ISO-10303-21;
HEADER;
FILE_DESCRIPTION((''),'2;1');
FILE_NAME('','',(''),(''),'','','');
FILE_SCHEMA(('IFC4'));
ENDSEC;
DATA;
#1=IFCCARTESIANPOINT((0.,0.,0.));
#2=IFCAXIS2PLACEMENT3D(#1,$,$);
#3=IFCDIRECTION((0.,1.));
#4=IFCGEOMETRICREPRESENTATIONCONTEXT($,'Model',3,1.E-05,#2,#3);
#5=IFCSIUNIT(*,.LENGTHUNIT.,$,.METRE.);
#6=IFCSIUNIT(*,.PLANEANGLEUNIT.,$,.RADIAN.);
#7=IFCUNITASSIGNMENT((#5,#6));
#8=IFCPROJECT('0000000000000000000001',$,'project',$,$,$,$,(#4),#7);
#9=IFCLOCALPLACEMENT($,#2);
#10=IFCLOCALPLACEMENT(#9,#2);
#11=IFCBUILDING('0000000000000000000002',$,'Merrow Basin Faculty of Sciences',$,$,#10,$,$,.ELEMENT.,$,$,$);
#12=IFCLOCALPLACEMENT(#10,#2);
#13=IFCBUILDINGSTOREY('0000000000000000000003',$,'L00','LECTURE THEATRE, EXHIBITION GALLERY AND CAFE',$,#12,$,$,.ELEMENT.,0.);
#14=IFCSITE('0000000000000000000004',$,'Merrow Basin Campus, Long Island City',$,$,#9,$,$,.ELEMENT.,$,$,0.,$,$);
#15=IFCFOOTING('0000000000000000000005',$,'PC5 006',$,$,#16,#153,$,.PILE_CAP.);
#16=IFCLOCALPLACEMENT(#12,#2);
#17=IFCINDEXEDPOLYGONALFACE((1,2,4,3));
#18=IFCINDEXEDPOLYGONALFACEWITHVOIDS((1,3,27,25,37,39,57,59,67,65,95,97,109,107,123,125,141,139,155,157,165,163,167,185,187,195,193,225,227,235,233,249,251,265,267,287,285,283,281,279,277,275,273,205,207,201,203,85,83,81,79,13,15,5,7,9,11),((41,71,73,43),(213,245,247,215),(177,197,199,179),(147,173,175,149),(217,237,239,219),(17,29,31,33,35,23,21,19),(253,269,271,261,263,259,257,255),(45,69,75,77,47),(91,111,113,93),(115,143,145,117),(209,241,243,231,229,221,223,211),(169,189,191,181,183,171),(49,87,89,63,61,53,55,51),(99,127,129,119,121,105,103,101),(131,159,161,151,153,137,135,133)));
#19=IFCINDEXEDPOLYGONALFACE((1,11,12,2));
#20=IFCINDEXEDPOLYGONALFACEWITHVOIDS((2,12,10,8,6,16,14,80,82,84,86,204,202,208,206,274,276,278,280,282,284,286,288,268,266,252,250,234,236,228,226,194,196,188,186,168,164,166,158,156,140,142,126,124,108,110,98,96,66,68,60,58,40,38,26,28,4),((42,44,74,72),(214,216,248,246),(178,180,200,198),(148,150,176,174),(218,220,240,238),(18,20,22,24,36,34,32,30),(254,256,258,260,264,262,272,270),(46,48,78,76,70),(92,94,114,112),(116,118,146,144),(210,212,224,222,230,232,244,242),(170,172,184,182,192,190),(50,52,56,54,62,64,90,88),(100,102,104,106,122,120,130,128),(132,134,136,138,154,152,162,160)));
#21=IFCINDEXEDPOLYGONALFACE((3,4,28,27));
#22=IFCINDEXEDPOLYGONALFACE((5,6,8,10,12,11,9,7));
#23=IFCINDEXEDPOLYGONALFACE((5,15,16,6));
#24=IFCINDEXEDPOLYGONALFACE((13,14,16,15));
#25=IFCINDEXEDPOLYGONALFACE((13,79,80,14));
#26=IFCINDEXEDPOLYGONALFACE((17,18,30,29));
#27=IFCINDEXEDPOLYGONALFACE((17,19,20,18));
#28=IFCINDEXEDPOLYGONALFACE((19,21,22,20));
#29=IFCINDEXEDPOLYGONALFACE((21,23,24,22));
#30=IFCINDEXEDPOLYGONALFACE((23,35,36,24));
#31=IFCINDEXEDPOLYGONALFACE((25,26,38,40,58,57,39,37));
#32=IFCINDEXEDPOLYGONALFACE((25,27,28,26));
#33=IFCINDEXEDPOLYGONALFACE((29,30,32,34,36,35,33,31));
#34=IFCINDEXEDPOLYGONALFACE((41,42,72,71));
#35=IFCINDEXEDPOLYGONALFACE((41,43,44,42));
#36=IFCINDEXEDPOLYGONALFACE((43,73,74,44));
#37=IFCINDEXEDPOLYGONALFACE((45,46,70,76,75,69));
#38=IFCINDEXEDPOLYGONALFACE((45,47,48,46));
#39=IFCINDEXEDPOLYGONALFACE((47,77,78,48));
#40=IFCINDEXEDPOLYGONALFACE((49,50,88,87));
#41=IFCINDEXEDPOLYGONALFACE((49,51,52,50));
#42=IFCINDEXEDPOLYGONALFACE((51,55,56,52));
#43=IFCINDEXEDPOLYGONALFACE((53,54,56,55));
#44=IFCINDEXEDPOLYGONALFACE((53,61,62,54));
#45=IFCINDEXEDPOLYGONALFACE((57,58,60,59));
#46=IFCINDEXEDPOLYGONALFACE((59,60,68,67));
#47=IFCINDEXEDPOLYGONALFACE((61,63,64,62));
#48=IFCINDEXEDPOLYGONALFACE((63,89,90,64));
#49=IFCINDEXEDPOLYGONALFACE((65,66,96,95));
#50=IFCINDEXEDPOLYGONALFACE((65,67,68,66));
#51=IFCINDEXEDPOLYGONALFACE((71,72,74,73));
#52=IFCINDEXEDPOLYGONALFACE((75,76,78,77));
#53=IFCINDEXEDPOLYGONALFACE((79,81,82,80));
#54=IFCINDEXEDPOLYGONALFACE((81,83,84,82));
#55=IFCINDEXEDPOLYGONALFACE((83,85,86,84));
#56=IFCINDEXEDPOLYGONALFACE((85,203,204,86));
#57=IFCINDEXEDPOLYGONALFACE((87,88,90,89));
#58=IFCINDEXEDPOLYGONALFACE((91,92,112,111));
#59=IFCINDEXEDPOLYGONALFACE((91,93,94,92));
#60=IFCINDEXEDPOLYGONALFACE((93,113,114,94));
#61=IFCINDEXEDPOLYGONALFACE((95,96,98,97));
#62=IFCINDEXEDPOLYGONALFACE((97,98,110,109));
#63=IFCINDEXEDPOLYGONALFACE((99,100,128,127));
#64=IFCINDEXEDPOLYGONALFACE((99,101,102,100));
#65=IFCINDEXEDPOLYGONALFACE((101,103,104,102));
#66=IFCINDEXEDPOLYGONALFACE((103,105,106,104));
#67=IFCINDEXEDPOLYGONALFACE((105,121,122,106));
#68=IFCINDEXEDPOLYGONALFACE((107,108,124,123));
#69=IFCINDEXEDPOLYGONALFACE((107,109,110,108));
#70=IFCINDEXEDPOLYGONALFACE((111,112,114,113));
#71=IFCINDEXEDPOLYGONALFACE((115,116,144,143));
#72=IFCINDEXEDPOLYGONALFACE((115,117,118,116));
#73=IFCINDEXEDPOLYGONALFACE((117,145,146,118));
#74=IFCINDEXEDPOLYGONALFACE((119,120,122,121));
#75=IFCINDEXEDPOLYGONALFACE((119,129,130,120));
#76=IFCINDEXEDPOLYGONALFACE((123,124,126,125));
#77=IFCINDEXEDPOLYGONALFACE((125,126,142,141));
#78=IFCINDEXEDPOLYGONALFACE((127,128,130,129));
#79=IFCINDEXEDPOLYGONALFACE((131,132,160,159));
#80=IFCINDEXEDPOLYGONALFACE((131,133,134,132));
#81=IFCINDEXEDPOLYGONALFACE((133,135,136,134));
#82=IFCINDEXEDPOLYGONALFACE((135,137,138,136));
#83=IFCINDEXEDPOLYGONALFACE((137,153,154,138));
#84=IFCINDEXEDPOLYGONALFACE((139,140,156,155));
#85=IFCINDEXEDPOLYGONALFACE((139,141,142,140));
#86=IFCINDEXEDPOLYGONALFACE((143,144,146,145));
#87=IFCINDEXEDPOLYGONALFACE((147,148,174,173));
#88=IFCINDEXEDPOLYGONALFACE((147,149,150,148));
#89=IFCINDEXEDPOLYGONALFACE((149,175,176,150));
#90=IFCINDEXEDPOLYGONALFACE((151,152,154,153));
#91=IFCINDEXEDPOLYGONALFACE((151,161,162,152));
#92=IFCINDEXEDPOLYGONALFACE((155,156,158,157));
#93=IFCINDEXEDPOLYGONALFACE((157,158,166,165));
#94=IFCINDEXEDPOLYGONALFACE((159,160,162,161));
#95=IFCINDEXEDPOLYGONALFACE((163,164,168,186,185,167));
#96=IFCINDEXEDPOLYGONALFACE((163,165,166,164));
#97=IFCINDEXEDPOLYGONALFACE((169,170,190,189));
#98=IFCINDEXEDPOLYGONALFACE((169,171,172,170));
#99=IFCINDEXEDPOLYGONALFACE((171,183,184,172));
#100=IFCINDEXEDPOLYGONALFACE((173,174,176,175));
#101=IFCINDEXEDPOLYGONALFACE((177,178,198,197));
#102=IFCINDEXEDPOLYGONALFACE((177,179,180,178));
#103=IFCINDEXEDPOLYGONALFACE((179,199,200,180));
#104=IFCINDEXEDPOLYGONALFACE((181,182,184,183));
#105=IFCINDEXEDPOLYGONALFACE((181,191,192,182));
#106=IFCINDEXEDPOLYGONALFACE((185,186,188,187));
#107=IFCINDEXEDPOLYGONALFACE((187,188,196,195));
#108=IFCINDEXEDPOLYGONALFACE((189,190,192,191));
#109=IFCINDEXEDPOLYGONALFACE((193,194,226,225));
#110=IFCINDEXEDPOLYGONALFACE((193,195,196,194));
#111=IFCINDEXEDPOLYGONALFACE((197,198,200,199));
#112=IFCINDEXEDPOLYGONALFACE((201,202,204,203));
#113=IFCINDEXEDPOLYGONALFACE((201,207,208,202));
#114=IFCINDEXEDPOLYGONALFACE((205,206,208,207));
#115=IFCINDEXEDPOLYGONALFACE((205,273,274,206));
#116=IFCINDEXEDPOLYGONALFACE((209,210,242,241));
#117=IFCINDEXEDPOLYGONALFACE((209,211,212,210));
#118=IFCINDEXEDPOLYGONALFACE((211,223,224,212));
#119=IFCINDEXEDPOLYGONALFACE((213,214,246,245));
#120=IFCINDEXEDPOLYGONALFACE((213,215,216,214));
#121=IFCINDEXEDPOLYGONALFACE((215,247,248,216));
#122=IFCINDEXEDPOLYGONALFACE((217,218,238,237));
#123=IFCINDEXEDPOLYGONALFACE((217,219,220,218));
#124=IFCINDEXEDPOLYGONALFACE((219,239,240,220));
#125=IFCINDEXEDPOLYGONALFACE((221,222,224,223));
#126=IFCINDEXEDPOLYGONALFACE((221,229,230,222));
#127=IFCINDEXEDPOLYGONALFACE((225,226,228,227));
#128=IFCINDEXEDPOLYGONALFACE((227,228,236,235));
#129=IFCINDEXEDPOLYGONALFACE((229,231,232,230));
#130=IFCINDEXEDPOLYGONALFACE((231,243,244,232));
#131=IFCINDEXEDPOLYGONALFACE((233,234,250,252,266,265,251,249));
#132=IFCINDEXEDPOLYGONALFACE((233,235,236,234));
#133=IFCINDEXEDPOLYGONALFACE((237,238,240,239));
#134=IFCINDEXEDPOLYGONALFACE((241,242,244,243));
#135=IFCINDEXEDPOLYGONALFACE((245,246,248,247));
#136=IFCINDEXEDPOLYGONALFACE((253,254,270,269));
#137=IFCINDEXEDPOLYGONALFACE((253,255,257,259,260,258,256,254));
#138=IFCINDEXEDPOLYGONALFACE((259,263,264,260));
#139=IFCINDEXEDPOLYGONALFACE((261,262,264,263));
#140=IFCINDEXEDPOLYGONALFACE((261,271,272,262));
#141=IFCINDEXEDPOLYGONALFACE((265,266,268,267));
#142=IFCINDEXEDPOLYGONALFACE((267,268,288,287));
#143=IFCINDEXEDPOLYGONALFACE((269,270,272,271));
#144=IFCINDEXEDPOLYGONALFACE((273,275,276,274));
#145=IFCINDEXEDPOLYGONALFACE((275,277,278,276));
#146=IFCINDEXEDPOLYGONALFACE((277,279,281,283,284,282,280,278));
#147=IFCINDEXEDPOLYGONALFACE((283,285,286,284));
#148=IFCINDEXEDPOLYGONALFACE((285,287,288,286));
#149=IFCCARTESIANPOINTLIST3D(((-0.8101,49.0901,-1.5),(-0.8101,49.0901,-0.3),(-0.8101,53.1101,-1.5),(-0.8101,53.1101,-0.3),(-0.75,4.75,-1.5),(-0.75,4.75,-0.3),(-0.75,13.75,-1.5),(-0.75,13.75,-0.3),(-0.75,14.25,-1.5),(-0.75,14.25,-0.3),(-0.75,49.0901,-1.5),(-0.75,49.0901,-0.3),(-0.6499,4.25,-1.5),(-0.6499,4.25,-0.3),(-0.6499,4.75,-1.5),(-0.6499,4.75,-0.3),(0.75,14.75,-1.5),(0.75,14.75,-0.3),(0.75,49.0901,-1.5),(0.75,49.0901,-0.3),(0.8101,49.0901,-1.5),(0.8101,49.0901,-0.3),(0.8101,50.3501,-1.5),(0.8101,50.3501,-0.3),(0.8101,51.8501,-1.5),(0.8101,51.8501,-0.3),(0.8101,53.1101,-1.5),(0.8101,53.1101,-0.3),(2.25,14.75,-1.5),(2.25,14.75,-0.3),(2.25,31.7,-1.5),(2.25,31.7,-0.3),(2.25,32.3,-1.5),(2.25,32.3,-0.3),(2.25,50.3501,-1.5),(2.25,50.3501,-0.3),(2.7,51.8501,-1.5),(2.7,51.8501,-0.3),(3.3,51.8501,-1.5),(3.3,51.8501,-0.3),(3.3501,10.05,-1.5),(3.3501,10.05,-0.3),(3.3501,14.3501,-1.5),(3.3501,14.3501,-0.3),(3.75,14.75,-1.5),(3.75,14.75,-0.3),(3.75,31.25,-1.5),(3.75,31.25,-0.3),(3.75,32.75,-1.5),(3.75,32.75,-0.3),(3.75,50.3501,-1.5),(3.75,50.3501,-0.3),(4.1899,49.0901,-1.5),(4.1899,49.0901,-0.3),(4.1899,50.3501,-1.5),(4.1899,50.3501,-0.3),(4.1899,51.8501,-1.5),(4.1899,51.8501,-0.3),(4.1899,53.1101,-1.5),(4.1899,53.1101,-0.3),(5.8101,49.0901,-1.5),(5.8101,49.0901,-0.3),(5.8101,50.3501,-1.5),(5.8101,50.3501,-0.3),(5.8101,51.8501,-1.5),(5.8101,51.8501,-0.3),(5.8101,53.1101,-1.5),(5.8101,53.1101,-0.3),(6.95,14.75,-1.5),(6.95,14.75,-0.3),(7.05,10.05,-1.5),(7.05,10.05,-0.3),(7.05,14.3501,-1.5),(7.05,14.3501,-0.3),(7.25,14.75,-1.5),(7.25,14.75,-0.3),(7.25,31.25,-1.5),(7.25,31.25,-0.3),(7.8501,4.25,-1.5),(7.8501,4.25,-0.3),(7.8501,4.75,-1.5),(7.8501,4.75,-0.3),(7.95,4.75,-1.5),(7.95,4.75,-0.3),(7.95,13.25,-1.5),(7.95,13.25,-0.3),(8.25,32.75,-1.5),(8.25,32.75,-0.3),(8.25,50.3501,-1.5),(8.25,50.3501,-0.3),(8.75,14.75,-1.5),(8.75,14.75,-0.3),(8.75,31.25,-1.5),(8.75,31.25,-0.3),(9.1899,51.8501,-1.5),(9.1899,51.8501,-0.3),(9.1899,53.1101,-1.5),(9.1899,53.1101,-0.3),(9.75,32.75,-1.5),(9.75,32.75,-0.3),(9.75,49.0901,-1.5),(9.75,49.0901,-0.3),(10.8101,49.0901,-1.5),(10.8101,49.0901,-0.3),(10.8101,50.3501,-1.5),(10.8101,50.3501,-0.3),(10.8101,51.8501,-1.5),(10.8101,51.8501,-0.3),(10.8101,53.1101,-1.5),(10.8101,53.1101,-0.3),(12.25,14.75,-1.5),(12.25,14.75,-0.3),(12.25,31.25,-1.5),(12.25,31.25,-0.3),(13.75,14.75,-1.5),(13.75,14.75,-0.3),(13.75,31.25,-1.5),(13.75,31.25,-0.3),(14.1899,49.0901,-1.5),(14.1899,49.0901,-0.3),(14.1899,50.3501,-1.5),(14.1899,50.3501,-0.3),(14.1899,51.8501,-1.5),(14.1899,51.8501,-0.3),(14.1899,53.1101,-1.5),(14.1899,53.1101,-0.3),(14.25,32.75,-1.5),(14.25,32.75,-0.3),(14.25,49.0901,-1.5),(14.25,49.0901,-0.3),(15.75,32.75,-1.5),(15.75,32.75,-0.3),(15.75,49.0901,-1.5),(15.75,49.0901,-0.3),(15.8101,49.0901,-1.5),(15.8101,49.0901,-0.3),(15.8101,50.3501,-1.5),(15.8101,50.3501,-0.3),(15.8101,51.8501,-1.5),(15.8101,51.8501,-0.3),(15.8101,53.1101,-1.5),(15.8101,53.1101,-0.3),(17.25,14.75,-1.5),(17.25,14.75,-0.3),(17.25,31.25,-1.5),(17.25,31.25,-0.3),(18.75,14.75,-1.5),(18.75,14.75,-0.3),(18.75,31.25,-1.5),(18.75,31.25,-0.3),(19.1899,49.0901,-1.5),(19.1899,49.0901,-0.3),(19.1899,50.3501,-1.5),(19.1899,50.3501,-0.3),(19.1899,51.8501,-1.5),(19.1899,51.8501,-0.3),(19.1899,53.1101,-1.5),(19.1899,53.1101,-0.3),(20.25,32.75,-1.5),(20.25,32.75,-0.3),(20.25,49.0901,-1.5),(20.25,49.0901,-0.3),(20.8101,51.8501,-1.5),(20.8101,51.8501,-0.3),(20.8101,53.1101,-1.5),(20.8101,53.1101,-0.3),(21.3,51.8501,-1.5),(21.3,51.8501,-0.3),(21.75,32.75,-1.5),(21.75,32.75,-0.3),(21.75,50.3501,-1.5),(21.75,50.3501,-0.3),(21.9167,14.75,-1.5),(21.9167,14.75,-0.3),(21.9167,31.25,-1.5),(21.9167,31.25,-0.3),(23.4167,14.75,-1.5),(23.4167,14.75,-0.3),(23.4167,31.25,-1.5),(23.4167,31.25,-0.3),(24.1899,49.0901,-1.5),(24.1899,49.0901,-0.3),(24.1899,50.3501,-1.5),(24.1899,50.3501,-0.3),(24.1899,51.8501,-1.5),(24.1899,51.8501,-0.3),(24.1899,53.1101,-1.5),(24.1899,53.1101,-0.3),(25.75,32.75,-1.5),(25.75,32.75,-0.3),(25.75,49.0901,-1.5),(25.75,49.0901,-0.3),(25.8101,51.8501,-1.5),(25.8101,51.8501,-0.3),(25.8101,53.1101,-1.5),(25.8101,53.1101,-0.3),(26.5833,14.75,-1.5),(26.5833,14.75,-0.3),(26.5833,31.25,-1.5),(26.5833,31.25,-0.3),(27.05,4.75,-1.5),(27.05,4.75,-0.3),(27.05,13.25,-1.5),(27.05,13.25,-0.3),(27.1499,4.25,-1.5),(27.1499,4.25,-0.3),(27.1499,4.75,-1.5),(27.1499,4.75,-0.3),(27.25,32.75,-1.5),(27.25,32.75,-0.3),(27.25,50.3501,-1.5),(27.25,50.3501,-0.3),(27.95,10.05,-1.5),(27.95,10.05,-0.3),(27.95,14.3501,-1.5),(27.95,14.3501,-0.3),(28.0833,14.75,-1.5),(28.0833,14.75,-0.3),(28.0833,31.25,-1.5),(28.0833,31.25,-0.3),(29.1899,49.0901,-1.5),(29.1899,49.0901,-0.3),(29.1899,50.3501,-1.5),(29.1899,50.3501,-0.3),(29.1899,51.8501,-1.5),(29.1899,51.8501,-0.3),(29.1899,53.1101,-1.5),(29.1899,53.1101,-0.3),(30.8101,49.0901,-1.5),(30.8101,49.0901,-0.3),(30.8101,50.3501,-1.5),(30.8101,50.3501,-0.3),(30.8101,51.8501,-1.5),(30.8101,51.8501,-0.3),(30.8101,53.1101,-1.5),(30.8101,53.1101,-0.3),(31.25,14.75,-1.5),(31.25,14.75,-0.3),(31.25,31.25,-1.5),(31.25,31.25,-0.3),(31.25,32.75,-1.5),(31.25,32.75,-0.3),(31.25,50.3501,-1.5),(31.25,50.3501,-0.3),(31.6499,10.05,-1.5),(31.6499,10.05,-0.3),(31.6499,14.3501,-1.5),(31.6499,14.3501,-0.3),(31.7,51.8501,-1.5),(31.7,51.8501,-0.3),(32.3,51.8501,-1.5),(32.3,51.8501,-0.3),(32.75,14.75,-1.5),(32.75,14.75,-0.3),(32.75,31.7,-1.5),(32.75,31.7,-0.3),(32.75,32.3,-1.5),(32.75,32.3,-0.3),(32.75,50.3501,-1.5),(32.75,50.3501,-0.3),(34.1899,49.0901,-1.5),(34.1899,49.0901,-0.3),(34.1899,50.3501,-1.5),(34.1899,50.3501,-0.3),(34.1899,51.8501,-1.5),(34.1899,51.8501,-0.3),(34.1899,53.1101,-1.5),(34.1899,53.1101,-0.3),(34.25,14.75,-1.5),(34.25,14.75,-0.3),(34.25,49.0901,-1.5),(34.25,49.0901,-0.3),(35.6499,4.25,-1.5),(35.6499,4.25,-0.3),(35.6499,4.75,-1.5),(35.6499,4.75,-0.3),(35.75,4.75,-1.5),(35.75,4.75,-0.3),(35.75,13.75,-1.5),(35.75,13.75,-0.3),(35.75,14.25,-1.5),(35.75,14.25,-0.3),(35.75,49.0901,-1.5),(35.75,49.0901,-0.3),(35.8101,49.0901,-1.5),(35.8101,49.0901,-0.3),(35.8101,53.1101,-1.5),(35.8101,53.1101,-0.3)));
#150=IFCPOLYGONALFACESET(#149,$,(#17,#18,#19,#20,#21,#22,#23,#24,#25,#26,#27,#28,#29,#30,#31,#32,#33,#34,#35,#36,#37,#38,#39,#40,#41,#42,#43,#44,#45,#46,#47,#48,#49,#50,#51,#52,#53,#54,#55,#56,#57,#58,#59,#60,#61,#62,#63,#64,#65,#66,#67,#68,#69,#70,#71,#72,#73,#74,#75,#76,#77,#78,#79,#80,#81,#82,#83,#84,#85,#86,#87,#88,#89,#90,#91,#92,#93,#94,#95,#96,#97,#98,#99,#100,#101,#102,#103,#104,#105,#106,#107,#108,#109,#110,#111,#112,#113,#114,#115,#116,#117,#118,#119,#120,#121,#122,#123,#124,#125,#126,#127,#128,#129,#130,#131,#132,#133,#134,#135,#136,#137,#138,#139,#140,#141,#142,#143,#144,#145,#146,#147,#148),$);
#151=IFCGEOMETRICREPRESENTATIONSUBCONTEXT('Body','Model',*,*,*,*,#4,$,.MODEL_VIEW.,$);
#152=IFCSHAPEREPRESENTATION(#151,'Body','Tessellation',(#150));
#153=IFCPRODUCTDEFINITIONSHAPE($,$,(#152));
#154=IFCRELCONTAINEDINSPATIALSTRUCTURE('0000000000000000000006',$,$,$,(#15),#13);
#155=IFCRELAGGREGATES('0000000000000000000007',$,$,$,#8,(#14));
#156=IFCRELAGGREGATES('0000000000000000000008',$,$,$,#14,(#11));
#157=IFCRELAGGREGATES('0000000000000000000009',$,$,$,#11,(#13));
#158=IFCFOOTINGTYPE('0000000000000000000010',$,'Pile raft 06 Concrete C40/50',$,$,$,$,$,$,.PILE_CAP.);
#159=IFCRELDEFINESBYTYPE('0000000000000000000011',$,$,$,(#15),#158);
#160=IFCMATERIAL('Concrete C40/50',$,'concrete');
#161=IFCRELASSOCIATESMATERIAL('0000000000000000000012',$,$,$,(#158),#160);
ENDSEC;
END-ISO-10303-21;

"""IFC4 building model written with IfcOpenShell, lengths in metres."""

from ifc_helpers import new_model, si_unit, direction, frame, origin, place, context, subcontext, project, spatial, polyline, outline, extrude, material, type_object, element, save


model = new_model("IFC4")

# Units and contexts
model_context = context("Model", 3, precision=1e-05, world=origin(), true_north=direction((0.0, 1.0)))
body_context = subcontext(model_context, "Body", "Model", "MODEL_VIEW")
ifc_project = project(units=[si_unit("LENGTHUNIT", "METRE"), si_unit("PLANEANGLEUNIT", "RADIAN")], contexts=[model_context])

# Site, building, storey
site_placement = place(None, origin())
site = spatial("IfcSite", under=ifc_project, at=site_placement, Name="Merrow Basin Campus, Long Island City", CompositionType="ELEMENT", RefElevation=0.0)
building_placement = place(site_placement, origin())
building = spatial("IfcBuilding", under=site, at=building_placement, Name="Merrow Basin Faculty of Sciences", CompositionType="ELEMENT")
storey_placement = place(building_placement, origin())
storey = spatial("IfcBuildingStorey", under=building, at=storey_placement, Name="L00", Description="LECTURE THEATRE, EXHIBITION GALLERY AND CAFE", CompositionType="ELEMENT", Elevation=0.0)

# Footing
ifc_material_1 = material(Name="Concrete C40/50", Category="concrete")
footing_type_1 = type_object("IfcFootingType", Name="Pile raft 06 Concrete C40/50", PredefinedType="PILE_CAP", material=ifc_material_1)
footing_1_placement = place(storey_placement, frame((0.0, 0.0, -1.5)))
element("IfcFooting", 1, at=footing_1_placement, inside=storey, type_object=footing_type_1, Name="PC5 006", PredefinedType="PILE_CAP", context=body_context, shape_type="SweptSolid", body=[
    extrude(outline(polyline([(-0.75, 4.75), (-0.75, 13.75), (-0.75, 14.25), (-0.75, 49.0901), (-0.8101, 49.0901), (-0.8101, 53.1101), (0.8101, 53.1101), (0.8101, 51.8501), (2.7, 51.8501), (3.3, 51.8501), (4.1899, 51.8501), (4.1899, 53.1101), (5.8101, 53.1101), (5.8101, 51.8501), (9.1899, 51.8501), (9.1899, 53.1101), (10.8101, 53.1101), (10.8101, 51.8501), (14.1899, 51.8501), (14.1899, 53.1101), (15.8101, 53.1101), (15.8101, 51.8501), (19.1899, 51.8501), (19.1899, 53.1101), (20.8101, 53.1101), (20.8101, 51.8501), (21.3, 51.8501), (24.1899, 51.8501), (24.1899, 53.1101), (25.8101, 53.1101), (25.8101, 51.8501), (29.1899, 51.8501), (29.1899, 53.1101), (30.8101, 53.1101), (30.8101, 51.8501), (31.7, 51.8501), (32.3, 51.8501), (34.1899, 51.8501), (34.1899, 53.1101), (35.8101, 53.1101), (35.8101, 49.0901), (35.75, 49.0901), (35.75, 14.25), (35.75, 13.75), (35.75, 4.75), (35.6499, 4.75), (35.6499, 4.25), (27.1499, 4.25), (27.1499, 4.75), (27.05, 4.75), (27.05, 13.25), (7.95, 13.25), (7.95, 4.75), (7.8501, 4.75), (7.8501, 4.25), (-0.6499, 4.25), (-0.6499, 4.75), (-0.75, 4.75)]), holes=[polyline([(31.25, 32.75), (31.25, 50.3501), (30.8101, 50.3501), (30.8101, 49.0901), (29.1899, 49.0901), (29.1899, 50.3501), (27.25, 50.3501), (27.25, 32.75), (31.25, 32.75)]), polyline([(32.75, 14.75), (34.25, 14.75), (34.25, 49.0901), (34.1899, 49.0901), (34.1899, 50.3501), (32.75, 50.3501), (32.75, 32.3), (32.75, 31.7), (32.75, 14.75)]), polyline([(9.75, 32.75), (14.25, 32.75), (14.25, 49.0901), (14.1899, 49.0901), (14.1899, 50.3501), (10.8101, 50.3501), (10.8101, 49.0901), (9.75, 49.0901), (9.75, 32.75)]), polyline([(12.25, 31.25), (8.75, 31.25), (8.75, 14.75), (12.25, 14.75), (12.25, 31.25)]), polyline([(17.25, 31.25), (13.75, 31.25), (13.75, 14.75), (17.25, 14.75), (17.25, 31.25)]), polyline([(21.9167, 31.25), (18.75, 31.25), (18.75, 14.75), (21.9167, 14.75), (21.9167, 31.25)]), polyline([(26.5833, 31.25), (23.4167, 31.25), (23.4167, 14.75), (26.5833, 14.75), (26.5833, 31.25)]), polyline([(0.8101, 50.3501), (0.8101, 49.0901), (0.75, 49.0901), (0.75, 14.75), (2.25, 14.75), (2.25, 31.7), (2.25, 32.3), (2.25, 50.3501), (0.8101, 50.3501)]), polyline([(5.8101, 49.0901), (4.1899, 49.0901), (4.1899, 50.3501), (3.75, 50.3501), (3.75, 32.75), (8.25, 32.75), (8.25, 50.3501), (5.8101, 50.3501), (5.8101, 49.0901)]), polyline([(7.25, 14.75), (7.25, 31.25), (3.75, 31.25), (3.75, 14.75), (6.95, 14.75), (7.25, 14.75)]), polyline([(31.25, 31.25), (28.0833, 31.25), (28.0833, 14.75), (31.25, 14.75), (31.25, 31.25)]), polyline([(20.25, 49.0901), (19.1899, 49.0901), (19.1899, 50.3501), (15.8101, 50.3501), (15.8101, 49.0901), (15.75, 49.0901), (15.75, 32.75), (20.25, 32.75), (20.25, 49.0901)]), polyline([(21.75, 50.3501), (21.75, 32.75), (25.75, 32.75), (25.75, 49.0901), (24.1899, 49.0901), (24.1899, 50.3501), (21.75, 50.3501)]), polyline([(7.05, 14.3501), (3.3501, 14.3501), (3.3501, 10.05), (7.05, 10.05), (7.05, 14.3501)]), polyline([(31.6499, 14.3501), (27.95, 14.3501), (27.95, 10.05), (31.6499, 10.05), (31.6499, 14.3501)])]), origin(), (0.0, 0.0, 1.0), 1.2),
])

save(model, "model.ifc")
